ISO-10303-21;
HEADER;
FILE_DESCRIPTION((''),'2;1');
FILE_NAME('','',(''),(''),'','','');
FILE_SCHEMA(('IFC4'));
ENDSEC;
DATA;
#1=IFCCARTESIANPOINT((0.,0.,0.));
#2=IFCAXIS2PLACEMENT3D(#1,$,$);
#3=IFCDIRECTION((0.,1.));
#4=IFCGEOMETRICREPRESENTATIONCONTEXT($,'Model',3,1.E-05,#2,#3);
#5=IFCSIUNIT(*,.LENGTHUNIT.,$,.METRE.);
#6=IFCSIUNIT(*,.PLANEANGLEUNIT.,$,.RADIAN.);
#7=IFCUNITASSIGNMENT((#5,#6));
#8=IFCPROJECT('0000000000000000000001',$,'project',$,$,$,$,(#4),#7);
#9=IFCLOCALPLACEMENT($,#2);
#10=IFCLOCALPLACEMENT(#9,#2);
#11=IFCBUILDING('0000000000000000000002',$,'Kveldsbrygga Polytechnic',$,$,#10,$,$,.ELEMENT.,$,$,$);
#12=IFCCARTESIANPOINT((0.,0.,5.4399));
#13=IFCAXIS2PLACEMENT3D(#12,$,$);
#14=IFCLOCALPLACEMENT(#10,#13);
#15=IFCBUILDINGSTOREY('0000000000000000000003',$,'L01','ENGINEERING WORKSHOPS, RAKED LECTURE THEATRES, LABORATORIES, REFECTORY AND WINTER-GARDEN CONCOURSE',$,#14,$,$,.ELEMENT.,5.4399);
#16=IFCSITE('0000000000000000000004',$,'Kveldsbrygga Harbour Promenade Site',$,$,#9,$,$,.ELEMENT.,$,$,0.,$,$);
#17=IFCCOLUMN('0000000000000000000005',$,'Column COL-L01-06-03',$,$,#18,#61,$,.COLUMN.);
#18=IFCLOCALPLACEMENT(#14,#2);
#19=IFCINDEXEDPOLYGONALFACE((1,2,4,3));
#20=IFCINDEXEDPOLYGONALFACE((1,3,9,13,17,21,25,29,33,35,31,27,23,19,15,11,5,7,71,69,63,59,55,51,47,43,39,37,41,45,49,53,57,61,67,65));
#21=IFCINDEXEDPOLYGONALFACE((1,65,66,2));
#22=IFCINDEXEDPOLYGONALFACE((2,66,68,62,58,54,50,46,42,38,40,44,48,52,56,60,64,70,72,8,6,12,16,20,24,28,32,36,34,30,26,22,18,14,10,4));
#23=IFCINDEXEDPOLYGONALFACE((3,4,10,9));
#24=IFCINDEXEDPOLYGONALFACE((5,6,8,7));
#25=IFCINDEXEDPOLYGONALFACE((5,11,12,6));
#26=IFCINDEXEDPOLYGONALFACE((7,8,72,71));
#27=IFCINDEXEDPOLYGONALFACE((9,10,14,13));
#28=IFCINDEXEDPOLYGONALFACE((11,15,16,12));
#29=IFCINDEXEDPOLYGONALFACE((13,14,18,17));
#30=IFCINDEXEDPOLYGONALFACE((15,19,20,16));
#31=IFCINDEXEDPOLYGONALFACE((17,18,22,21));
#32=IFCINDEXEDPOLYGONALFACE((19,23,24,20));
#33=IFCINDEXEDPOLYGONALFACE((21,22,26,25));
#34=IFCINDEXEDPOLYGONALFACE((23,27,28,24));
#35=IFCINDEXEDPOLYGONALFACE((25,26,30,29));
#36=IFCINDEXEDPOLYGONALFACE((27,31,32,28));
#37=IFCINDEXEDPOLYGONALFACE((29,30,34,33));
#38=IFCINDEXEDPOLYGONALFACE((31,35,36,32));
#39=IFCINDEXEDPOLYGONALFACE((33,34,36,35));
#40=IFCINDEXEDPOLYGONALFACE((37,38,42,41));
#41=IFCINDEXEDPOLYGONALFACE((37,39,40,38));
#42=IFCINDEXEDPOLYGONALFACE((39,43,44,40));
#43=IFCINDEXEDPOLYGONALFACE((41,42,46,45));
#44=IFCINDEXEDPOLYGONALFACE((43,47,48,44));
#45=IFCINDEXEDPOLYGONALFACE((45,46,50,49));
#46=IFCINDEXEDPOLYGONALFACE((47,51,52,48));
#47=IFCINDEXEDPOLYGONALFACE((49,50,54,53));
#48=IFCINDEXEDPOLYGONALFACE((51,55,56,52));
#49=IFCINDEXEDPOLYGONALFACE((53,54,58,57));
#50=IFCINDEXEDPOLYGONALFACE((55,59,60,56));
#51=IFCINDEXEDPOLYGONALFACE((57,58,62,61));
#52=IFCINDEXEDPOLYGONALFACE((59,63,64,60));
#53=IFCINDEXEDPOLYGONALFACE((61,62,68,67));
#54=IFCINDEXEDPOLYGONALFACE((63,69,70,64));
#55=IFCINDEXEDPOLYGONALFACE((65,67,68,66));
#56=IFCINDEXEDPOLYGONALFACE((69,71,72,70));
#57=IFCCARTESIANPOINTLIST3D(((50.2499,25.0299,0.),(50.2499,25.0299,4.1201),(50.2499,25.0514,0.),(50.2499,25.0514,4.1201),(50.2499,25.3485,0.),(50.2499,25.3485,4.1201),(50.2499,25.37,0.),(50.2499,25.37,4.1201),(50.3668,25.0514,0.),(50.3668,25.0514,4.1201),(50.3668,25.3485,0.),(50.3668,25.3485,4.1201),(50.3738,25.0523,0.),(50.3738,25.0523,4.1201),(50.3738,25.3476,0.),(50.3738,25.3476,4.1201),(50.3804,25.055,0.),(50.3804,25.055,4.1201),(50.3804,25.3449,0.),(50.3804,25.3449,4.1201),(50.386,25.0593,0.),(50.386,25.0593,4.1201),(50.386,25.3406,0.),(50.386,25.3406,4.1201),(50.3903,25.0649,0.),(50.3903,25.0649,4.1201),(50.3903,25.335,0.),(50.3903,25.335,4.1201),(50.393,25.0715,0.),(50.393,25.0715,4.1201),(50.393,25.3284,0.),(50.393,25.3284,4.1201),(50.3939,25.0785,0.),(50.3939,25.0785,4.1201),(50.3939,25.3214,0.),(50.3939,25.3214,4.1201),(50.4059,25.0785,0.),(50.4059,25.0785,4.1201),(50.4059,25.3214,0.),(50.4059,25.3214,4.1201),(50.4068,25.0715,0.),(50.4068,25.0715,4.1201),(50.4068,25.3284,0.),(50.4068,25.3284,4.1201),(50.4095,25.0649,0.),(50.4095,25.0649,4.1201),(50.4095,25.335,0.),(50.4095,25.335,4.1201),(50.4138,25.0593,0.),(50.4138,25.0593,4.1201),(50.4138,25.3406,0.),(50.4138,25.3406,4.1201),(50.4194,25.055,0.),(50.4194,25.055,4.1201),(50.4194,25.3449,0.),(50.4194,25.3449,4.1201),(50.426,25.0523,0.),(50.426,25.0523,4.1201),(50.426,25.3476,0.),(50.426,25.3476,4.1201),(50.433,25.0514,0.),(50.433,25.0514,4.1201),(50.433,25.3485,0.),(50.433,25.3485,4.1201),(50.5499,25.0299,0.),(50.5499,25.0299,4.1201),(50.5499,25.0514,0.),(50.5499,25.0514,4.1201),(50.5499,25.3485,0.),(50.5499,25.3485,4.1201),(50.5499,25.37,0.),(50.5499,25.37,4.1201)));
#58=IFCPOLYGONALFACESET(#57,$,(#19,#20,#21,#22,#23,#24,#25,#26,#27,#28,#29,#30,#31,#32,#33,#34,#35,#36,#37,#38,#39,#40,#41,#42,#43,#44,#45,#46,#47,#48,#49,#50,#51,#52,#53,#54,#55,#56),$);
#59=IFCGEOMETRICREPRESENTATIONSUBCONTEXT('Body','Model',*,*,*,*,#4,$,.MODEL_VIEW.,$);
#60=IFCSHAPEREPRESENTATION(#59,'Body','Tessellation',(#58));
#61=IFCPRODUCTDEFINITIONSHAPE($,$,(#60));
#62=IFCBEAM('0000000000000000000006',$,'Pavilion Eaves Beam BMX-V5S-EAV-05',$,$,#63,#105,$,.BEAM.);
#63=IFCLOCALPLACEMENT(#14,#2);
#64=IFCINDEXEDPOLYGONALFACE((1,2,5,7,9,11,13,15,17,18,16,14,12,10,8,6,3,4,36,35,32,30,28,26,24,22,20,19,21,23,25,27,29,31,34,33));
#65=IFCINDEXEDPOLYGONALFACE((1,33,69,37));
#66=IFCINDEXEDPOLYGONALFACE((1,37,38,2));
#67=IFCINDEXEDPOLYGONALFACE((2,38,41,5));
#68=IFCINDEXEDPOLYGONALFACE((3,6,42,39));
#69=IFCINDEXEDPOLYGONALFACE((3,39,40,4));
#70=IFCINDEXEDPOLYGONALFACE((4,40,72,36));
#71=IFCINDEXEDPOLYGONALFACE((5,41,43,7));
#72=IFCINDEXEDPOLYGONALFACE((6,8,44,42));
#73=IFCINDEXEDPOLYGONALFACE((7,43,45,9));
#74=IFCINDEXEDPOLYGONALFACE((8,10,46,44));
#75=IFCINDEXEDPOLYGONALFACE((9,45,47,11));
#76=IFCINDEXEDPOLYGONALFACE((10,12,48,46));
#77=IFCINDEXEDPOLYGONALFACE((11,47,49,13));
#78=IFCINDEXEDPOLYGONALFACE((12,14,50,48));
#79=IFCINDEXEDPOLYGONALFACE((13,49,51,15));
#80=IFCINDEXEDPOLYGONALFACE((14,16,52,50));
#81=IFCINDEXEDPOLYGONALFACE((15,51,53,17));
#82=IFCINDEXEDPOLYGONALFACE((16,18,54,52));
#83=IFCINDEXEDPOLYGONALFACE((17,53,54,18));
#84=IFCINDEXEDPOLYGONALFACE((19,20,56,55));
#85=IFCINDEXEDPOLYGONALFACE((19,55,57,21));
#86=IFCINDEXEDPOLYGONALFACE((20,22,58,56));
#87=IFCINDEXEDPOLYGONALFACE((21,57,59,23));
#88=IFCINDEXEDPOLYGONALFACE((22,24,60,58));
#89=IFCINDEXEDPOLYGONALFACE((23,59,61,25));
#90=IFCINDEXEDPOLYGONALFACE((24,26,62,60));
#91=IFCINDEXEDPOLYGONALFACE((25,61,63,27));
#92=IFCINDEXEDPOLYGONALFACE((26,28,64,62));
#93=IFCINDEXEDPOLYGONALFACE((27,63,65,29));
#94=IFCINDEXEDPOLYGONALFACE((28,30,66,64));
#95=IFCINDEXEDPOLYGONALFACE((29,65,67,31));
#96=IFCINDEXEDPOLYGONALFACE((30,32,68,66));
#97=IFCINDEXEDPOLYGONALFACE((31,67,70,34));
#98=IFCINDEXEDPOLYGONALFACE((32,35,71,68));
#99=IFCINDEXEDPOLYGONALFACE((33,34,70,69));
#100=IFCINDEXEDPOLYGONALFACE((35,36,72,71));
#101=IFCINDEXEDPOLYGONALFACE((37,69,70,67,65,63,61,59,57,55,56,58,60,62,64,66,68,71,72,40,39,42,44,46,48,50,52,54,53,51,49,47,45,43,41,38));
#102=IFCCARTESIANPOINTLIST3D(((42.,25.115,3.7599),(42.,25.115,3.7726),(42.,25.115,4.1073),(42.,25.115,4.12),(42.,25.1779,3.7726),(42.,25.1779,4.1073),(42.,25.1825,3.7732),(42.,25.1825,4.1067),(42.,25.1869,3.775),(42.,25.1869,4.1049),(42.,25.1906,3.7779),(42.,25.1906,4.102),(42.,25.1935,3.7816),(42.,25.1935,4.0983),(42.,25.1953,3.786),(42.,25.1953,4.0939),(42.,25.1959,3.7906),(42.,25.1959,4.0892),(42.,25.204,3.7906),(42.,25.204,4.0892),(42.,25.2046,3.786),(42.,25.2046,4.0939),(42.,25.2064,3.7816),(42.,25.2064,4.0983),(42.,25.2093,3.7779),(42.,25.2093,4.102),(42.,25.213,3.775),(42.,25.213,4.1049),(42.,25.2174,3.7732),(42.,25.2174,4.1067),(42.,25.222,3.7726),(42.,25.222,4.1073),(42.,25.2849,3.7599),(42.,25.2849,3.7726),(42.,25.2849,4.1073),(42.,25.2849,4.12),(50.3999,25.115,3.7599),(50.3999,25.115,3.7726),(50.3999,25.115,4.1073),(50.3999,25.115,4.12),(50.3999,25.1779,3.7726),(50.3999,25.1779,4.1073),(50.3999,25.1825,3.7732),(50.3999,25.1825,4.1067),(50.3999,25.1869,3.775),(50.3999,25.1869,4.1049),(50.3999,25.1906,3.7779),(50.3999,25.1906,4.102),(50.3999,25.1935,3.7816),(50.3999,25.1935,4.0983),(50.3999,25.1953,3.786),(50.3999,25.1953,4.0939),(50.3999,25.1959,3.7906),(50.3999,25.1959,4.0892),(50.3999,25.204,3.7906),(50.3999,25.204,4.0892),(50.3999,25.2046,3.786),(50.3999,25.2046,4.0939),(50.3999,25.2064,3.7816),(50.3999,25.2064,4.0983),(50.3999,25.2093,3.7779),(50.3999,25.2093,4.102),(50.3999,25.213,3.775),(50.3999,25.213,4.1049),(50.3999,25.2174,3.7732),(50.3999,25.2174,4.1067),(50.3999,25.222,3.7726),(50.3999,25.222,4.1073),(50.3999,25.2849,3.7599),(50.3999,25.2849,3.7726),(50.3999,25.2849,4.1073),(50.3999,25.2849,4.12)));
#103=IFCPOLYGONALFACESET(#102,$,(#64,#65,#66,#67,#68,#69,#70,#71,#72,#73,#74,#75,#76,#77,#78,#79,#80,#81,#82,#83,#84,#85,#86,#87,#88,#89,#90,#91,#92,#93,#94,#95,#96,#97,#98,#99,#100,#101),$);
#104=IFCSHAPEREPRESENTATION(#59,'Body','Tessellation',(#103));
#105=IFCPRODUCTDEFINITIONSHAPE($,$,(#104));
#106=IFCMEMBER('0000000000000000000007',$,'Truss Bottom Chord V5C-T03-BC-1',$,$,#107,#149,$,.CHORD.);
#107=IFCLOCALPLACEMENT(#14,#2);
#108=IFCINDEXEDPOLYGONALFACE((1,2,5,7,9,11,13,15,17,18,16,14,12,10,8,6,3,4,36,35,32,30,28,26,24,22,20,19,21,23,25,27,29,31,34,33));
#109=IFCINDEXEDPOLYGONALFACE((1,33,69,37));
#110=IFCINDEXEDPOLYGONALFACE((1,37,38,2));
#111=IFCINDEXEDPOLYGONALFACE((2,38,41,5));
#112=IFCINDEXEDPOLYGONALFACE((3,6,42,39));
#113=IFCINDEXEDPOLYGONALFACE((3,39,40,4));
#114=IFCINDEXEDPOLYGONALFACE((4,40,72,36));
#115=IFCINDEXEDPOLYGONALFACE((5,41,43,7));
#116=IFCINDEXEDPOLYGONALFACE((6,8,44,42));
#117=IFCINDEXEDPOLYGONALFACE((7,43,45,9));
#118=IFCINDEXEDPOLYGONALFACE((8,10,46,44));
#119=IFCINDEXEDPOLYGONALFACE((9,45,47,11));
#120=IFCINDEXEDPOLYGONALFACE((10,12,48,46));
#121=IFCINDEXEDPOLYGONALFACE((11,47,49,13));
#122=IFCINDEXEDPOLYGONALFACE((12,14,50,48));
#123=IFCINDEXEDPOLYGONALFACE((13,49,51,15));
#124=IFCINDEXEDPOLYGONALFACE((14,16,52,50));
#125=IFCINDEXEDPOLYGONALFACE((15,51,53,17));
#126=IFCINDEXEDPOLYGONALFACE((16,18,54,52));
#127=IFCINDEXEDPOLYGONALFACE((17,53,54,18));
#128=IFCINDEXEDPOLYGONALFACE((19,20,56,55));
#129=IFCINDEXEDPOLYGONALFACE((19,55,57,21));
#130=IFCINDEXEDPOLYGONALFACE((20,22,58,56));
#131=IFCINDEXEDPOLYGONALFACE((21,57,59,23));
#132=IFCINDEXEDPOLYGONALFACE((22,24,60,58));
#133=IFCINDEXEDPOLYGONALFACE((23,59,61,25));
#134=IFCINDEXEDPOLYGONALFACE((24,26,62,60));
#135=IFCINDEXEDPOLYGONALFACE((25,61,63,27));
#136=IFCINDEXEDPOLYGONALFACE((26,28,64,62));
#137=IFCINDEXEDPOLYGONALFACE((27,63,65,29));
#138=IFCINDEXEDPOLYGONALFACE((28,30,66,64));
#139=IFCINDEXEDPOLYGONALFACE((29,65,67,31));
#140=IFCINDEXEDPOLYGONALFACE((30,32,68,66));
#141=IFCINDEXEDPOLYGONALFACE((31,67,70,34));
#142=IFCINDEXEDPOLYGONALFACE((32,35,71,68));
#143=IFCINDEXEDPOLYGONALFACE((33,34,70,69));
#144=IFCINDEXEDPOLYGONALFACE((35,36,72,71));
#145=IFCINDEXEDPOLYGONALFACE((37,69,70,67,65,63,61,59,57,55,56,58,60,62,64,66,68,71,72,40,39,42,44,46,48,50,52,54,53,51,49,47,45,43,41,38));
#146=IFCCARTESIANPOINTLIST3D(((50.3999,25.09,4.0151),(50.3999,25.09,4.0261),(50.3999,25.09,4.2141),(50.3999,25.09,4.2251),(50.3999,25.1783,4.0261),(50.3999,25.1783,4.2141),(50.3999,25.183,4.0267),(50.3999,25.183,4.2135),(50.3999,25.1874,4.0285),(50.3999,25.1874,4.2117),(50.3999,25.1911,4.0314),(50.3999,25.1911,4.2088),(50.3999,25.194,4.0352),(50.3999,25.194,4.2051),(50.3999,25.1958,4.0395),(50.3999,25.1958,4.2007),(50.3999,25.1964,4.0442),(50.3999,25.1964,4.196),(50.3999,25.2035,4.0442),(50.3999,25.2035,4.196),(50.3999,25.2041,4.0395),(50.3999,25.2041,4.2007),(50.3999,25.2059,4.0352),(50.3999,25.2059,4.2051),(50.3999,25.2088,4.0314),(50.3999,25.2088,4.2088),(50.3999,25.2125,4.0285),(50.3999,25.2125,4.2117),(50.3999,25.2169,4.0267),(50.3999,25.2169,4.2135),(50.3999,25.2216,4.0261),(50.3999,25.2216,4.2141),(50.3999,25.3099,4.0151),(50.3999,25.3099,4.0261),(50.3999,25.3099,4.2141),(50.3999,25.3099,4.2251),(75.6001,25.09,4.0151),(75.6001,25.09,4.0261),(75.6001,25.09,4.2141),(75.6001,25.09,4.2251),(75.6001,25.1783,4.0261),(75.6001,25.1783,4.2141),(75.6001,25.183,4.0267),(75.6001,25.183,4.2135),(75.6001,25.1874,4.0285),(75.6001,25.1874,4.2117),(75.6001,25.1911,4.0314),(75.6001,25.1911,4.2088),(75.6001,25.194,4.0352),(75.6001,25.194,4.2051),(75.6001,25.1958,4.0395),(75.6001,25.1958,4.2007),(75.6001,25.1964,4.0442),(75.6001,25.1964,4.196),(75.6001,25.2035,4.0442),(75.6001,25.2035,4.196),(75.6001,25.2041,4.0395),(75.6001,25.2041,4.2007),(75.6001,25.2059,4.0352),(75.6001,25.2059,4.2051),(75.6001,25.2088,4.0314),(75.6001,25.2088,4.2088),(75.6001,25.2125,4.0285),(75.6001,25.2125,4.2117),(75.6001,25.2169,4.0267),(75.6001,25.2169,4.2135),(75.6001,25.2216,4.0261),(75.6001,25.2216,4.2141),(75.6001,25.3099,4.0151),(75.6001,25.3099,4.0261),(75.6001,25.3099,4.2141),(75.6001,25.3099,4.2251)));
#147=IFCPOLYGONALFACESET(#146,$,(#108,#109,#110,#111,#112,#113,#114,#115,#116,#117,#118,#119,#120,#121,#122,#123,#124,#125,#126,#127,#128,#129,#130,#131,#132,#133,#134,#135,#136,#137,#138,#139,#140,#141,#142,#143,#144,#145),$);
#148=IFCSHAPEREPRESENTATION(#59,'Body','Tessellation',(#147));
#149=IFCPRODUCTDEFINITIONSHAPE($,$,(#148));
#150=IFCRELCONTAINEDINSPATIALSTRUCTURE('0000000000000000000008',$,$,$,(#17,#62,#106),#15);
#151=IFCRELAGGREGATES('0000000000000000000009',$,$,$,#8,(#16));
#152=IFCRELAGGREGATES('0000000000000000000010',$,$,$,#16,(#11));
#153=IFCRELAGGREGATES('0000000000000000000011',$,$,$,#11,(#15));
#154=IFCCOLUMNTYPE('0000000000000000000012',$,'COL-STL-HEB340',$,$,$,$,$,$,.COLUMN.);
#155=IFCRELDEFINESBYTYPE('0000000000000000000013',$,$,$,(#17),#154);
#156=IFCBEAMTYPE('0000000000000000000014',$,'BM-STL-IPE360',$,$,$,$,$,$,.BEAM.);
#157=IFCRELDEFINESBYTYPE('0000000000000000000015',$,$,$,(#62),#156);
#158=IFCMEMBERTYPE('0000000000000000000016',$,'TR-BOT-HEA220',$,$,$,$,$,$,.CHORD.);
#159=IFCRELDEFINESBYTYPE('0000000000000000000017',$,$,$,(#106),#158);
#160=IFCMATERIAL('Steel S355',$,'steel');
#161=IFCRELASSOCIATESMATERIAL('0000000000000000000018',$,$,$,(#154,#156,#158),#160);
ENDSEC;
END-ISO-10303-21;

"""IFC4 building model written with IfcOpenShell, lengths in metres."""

from ifc_helpers import new_model, si_unit, direction, frame, origin, origin_2d, place, context, subcontext, project, spatial, i_section, extrude, material, material_profile, profile_set, type_object, element, save


model = new_model("IFC4")

# Units and contexts
model_context = context("Model", 3, precision=1e-05, world=origin(), true_north=direction((0.0, 1.0)))
body_context = subcontext(model_context, "Body", "Model", "MODEL_VIEW")
ifc_project = project(units=[si_unit("LENGTHUNIT", "METRE"), si_unit("PLANEANGLEUNIT", "RADIAN")], contexts=[model_context])

# Site, building, storey
site_placement = place(None, origin())
site = spatial("IfcSite", under=ifc_project, at=site_placement, Name="Kveldsbrygga Harbour Promenade Site", CompositionType="ELEMENT", RefElevation=0.0)
building_placement = place(site_placement, origin())
building = spatial("IfcBuilding", under=site, at=building_placement, Name="Kveldsbrygga Polytechnic", CompositionType="ELEMENT")
storey_placement = place(building_placement, frame((0.0, 0.0, 5.4399)))
storey = spatial("IfcBuildingStorey", under=building, at=storey_placement, Name="L01", Description="ENGINEERING WORKSHOPS, RAKED LECTURE THEATRES, LABORATORIES, REFECTORY AND WINTER-GARDEN CONCOURSE", CompositionType="ELEMENT", Elevation=5.4399)

# Column
ifc_material_1 = material(Name="Steel S355", Category="steel")
ifc_material_profile_1 = material_profile(ifc_material_1, i_section(OverallWidth=0.3, OverallDepth=0.3401, WebThickness=0.012, FlangeThickness=0.0215, FilletRadius=0.0271, at=origin_2d()), Name="HEB 340")
ifc_profile_set_1 = profile_set([ifc_material_profile_1], Name="Steel S355")
column_type = type_object("IfcColumnType", Name="COL-STL-HEB340", PredefinedType="COLUMN", material=ifc_profile_set_1)
column_placement = place(storey_placement, frame((50.3999, 25.2, 0.0), z_axis=(0.0, 0.0, 1.0), x_axis=(1.0, 0.0, 0.0)))
element("IfcColumn", 1, at=column_placement, inside=storey, type_object=column_type, Name="Column COL-L01-06-03", PredefinedType="COLUMN", context=body_context, shape_type="SweptSolid", body=[
    extrude(i_section(OverallWidth=0.3, OverallDepth=0.3401, WebThickness=0.012, FlangeThickness=0.0215, FilletRadius=0.0271, at=origin_2d()), origin(), (0.0, 0.0, 1.0), 4.1201),
])

# Beam
ifc_material_profile_2 = material_profile(ifc_material_1, i_section(OverallWidth=0.1699, OverallDepth=0.3601, WebThickness=0.0081, FlangeThickness=0.0127, FilletRadius=0.0181, at=origin_2d()), Name="IPE 360")
ifc_profile_set_2 = profile_set([ifc_material_profile_2], Name="Steel S355")
beam_type = type_object("IfcBeamType", Name="BM-STL-IPE360", PredefinedType="BEAM", material=ifc_profile_set_2)
beam_placement = place(storey_placement, frame((42.0, 25.2, 3.9399), z_axis=(1.0, 0.0, 0.0), x_axis=(0.0, 1.0, 0.0)))
element("IfcBeam", 2, at=beam_placement, inside=storey, type_object=beam_type, Name="Pavilion Eaves Beam BMX-V5S-EAV-05", PredefinedType="BEAM", context=body_context, shape_type="SweptSolid", body=[
    extrude(i_section(OverallWidth=0.1699, OverallDepth=0.3601, WebThickness=0.0081, FlangeThickness=0.0127, FilletRadius=0.0181, at=origin_2d()), origin(), (0.0, 0.0, 1.0), 8.3999),
])

# Member
ifc_material_profile_3 = material_profile(ifc_material_1, i_section(OverallWidth=0.22, OverallDepth=0.21, WebThickness=0.0071, FlangeThickness=0.011, FilletRadius=0.0181, at=origin_2d()), Name="HEA 220")
ifc_profile_set_3 = profile_set([ifc_material_profile_3], Name="Steel S355")
member_type_1 = type_object("IfcMemberType", Name="TR-BOT-HEA220", PredefinedType="CHORD", material=ifc_profile_set_3)
member_1_placement = place(storey_placement, frame((50.3999, 25.2, 4.1201), z_axis=(1.0, 0.0, 0.0), x_axis=(0.0, 1.0, 0.0)))
element("IfcMember", 3, at=member_1_placement, inside=storey, type_object=member_type_1, Name="Truss Bottom Chord V5C-T03-BC-1", PredefinedType="CHORD", context=body_context, shape_type="SweptSolid", body=[
    extrude(i_section(OverallWidth=0.22, OverallDepth=0.21, WebThickness=0.0071, FlangeThickness=0.011, FilletRadius=0.0181, at=origin_2d()), origin(), (0.0, 0.0, 1.0), 25.2002),
])

save(model, "model.ifc")
